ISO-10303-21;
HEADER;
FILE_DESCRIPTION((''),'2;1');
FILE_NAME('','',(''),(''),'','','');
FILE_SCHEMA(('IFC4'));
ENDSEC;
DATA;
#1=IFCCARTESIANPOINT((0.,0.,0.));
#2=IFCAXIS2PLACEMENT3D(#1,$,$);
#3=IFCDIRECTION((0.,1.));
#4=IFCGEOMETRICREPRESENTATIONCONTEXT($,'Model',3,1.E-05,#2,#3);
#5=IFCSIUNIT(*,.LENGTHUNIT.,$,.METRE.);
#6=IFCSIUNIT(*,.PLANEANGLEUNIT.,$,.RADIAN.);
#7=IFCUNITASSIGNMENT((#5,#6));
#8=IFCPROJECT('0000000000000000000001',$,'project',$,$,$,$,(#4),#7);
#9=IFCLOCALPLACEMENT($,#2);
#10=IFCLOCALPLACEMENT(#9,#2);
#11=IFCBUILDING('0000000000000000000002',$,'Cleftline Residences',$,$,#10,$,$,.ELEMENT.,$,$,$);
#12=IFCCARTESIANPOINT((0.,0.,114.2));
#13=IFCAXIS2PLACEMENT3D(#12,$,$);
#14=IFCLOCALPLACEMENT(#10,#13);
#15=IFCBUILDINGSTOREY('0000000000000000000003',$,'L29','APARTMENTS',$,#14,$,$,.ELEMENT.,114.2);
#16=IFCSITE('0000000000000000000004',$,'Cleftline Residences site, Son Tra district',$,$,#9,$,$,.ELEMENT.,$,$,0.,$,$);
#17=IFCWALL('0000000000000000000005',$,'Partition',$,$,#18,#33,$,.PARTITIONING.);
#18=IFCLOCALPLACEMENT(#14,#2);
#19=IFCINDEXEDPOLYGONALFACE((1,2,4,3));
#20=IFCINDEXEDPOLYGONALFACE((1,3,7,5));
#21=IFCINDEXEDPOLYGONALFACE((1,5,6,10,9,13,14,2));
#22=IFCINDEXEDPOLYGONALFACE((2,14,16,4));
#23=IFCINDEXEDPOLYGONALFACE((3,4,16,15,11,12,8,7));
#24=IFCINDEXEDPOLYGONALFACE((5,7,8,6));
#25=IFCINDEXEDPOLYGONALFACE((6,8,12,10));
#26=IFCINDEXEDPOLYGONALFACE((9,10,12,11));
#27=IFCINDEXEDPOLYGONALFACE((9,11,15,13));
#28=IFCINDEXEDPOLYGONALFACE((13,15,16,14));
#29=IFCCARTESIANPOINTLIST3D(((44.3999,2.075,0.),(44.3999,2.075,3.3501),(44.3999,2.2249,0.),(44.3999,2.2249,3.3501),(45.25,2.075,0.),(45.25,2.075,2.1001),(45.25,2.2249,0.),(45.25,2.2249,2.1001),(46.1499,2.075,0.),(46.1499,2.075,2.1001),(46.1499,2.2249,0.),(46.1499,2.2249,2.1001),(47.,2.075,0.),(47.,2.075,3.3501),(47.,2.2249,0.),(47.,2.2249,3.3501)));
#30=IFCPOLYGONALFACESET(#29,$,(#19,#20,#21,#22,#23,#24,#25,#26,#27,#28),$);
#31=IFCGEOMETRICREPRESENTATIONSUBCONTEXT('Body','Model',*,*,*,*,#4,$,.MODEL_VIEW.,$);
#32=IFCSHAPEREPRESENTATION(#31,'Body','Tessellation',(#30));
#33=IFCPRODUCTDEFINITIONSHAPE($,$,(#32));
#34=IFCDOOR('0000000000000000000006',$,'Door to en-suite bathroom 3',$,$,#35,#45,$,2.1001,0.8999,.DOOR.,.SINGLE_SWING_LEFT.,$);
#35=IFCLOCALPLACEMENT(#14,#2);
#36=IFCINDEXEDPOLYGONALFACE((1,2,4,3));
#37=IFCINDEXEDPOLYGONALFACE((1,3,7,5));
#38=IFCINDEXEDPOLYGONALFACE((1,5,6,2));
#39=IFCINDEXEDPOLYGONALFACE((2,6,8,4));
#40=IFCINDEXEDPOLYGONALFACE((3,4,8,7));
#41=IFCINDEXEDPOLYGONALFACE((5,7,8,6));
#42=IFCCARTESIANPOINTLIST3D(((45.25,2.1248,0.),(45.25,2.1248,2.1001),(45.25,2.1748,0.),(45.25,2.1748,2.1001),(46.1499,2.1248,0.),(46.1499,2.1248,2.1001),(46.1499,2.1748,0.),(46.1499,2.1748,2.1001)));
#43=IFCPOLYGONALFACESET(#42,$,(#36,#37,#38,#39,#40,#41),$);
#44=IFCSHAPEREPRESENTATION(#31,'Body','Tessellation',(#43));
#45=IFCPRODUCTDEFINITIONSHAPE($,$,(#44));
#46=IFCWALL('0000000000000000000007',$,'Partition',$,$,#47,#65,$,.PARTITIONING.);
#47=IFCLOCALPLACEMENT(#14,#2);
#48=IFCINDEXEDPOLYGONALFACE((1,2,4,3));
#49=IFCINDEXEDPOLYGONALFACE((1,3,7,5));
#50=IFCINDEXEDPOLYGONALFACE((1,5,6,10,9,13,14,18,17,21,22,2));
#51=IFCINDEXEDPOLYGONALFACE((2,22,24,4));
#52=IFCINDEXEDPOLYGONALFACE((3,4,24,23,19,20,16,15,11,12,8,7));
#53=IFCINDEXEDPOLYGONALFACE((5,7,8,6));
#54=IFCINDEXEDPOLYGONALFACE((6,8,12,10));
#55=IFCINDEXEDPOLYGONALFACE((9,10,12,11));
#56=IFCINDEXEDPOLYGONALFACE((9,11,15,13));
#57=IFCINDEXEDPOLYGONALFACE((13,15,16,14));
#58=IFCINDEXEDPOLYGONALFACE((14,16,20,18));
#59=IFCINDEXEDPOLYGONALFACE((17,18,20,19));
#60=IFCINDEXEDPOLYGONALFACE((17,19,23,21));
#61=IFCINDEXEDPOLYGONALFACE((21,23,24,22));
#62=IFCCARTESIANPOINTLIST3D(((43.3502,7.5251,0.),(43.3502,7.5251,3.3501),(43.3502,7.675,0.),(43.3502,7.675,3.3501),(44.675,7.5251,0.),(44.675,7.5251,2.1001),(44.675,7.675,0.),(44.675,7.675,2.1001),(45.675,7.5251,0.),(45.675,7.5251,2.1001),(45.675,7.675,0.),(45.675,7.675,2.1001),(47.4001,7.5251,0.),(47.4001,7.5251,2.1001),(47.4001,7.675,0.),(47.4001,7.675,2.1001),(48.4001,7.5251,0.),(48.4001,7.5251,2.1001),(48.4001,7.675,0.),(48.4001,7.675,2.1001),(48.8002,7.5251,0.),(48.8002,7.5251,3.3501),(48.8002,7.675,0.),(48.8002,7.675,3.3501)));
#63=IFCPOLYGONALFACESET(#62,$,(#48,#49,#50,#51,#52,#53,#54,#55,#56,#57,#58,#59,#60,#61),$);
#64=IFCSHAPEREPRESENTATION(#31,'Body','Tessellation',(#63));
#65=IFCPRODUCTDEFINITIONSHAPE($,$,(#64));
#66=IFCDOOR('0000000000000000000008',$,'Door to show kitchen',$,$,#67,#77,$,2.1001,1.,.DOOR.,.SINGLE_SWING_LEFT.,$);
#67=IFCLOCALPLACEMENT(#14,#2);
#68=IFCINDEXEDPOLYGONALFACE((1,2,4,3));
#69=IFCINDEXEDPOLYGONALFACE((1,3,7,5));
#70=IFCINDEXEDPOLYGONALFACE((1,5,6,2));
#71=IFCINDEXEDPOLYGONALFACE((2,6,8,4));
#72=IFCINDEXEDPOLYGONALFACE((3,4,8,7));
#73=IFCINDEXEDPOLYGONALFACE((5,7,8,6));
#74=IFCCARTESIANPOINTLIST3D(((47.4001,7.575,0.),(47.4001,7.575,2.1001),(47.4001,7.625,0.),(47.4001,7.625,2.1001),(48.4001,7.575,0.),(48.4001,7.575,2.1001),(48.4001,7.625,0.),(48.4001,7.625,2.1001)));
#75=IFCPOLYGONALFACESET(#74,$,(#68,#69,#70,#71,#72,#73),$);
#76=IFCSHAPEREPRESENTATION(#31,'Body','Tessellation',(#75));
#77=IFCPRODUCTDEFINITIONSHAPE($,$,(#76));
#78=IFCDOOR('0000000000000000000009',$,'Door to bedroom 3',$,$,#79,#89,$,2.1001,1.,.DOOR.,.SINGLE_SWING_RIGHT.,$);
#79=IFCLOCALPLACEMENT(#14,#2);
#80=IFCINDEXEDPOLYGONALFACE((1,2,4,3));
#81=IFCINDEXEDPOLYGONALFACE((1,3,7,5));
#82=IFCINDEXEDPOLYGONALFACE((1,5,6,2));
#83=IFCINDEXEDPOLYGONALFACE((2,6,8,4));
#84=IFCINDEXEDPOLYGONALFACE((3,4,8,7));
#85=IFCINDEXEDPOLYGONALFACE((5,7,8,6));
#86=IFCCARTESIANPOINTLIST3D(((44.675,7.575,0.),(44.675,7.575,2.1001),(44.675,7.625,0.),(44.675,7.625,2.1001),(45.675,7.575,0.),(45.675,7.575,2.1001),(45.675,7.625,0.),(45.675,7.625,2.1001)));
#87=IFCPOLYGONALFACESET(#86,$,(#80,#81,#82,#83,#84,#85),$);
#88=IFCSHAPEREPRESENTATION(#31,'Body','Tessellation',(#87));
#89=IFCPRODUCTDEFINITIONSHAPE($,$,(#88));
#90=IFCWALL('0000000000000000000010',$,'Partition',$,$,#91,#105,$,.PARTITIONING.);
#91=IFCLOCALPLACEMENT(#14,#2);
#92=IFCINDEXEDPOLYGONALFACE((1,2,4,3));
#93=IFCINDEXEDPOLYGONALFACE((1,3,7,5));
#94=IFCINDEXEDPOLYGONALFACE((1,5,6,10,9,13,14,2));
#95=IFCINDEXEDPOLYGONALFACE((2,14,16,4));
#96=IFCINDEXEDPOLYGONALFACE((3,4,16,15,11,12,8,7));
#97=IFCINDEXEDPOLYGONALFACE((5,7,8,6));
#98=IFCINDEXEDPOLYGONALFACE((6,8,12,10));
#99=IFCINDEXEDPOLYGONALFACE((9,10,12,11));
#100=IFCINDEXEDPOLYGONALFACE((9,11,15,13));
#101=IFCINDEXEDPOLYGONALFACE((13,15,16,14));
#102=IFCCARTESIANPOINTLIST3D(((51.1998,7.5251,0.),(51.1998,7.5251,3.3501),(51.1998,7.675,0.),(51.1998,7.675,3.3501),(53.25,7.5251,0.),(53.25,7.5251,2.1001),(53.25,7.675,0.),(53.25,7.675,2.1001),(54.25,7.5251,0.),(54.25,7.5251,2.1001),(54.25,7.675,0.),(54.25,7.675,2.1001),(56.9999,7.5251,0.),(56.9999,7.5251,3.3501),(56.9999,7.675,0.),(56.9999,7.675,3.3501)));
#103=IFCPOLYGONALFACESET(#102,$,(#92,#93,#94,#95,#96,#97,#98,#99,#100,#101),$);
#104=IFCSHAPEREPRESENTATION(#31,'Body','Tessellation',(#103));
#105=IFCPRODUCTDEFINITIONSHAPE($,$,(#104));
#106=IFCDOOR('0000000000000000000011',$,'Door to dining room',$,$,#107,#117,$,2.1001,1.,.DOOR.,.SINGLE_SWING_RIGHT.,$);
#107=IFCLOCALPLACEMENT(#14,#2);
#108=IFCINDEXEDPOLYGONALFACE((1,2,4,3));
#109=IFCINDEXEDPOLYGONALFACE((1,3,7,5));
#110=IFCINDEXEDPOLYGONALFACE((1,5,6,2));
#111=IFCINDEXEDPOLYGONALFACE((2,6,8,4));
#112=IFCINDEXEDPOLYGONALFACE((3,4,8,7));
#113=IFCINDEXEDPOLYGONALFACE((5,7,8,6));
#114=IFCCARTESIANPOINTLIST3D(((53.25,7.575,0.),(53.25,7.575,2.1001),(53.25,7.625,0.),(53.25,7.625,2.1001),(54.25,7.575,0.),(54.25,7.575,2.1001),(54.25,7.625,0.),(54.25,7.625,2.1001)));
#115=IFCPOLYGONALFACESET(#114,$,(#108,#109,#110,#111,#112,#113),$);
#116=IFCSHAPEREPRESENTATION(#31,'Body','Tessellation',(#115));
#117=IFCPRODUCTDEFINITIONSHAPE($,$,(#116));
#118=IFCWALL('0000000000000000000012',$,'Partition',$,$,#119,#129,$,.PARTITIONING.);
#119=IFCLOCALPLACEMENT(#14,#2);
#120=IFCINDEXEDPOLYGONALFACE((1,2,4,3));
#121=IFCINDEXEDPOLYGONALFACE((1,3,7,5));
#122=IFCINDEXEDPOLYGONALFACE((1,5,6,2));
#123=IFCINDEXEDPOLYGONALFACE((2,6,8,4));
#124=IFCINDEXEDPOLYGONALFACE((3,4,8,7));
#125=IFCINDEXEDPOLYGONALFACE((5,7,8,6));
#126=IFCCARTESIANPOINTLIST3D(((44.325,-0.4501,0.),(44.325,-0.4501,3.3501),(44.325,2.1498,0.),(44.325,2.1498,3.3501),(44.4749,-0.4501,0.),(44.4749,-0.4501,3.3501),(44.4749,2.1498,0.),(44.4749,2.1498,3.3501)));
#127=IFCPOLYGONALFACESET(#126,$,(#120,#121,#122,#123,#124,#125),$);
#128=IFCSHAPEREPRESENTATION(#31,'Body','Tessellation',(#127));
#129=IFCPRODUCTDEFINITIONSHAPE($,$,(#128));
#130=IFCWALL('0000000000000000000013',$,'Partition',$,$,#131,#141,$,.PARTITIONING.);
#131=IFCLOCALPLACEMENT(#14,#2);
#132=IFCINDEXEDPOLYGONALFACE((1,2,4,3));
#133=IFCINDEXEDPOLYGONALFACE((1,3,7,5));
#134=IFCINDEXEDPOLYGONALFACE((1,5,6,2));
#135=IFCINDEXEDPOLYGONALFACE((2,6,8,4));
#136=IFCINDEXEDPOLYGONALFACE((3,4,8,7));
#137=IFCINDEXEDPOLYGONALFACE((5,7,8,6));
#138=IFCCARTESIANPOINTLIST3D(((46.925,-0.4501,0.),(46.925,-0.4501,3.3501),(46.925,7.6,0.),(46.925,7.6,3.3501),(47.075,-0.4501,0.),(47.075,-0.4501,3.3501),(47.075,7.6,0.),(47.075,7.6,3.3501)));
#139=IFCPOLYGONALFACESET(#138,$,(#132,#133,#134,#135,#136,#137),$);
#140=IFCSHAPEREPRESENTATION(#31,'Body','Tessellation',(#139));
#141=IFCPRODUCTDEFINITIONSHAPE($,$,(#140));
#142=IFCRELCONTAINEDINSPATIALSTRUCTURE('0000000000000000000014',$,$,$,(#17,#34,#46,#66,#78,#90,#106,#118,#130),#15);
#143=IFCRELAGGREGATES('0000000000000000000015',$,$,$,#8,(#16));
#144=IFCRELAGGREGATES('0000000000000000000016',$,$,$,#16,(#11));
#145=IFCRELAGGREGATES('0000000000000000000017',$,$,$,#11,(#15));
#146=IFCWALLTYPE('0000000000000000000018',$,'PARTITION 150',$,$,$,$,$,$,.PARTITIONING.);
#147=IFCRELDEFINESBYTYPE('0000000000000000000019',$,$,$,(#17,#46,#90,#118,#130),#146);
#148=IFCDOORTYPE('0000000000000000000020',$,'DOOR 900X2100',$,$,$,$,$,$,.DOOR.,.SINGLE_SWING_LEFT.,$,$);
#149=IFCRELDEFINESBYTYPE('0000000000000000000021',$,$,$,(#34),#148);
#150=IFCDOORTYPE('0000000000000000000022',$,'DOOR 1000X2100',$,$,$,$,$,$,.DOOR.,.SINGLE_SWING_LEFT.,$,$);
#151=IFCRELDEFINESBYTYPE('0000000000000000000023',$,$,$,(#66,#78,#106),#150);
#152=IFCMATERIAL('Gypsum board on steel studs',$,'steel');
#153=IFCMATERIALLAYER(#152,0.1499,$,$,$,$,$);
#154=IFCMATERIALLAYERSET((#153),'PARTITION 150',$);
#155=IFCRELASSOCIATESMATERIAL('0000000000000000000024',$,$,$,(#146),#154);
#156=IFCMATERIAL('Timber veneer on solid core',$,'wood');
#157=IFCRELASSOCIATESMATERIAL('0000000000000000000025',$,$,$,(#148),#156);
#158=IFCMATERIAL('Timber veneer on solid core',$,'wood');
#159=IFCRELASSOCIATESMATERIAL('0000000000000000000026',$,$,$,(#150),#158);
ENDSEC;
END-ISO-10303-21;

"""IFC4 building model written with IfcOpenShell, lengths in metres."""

from ifc_helpers import new_model, si_unit, direction, frame, frame_2d, origin, place, context, subcontext, project, spatial, rectangle, extrude, material, layer, layer_set, type_object, element, fill, save


model = new_model("IFC4")

# Units and contexts
model_context = context("Model", 3, precision=1e-05, world=origin(), true_north=direction((0.0, 1.0)))
body_context = subcontext(model_context, "Body", "Model", "MODEL_VIEW")
ifc_project = project(units=[si_unit("LENGTHUNIT", "METRE"), si_unit("PLANEANGLEUNIT", "RADIAN")], contexts=[model_context])

# Site, building, storey
site_placement = place(None, origin())
site = spatial("IfcSite", under=ifc_project, at=site_placement, Name="Cleftline Residences site, Son Tra district", CompositionType="ELEMENT", RefElevation=0.0)
building_placement = place(site_placement, origin())
building = spatial("IfcBuilding", under=site, at=building_placement, Name="Cleftline Residences", CompositionType="ELEMENT")
storey_placement = place(building_placement, frame((0.0, 0.0, 114.2)))
storey = spatial("IfcBuildingStorey", under=building, at=storey_placement, Name="L29", Description="APARTMENTS", CompositionType="ELEMENT", Elevation=114.2)

# Wall, opening, door
ifc_material_1 = material(Name="Gypsum board on steel studs", Category="steel")
ifc_layer_1 = layer(ifc_material_1, 0.1499)
ifc_layer_set_1 = layer_set([ifc_layer_1], Name="PARTITION 150")
wall_type = type_object("IfcWallType", Name="PARTITION 150", PredefinedType="PARTITIONING", material=ifc_layer_set_1)
wall_1_placement = place(storey_placement, frame((44.3999, 2.1499, 0.0), z_axis=(0.0, 0.0, 1.0), x_axis=(1.0, 0.0, 0.0)))
wall_1 = element("IfcWall", 1, at=wall_1_placement, inside=storey, type_object=wall_type, Name="Partition", PredefinedType="PARTITIONING", context=body_context, shape_type="SweptSolid", body=[
    extrude(rectangle(XDim=2.6001, YDim=0.1499, at=frame_2d((1.3, 0.0))), origin(), (0.0, 0.0, 1.0), 3.3501),
])
opening_1_placement = place(wall_1_placement, frame((0.8501, 0.0, 0.0)))
opening_1 = element("IfcOpeningElement", 2, at=opening_1_placement, cuts=wall_1, PredefinedType="OPENING", context=body_context, shape_type="SweptSolid", body=[
    extrude(rectangle(XDim=0.8999, YDim=2.1001, at=frame_2d((0.45, 1.05))), frame((0.0, 0.085, 0.0), z_axis=(0.0, -1.0, 0.0), x_axis=(1.0, 0.0, 0.0)), (0.0, 0.0, 1.0), 0.1699),
])
ifc_material_2 = material(Name="Timber veneer on solid core", Category="wood")
door_type_1 = type_object("IfcDoorType", Name="DOOR 900X2100", OperationType="SINGLE_SWING_LEFT", PredefinedType="DOOR", material=ifc_material_2)
door_1_placement = place(opening_1_placement, origin())
door_1 = element("IfcDoor", 3, at=door_1_placement, inside=storey, type_object=door_type_1, Name="Door to en-suite bathroom 3", OperationType="SINGLE_SWING_LEFT", OverallHeight=2.1001, OverallWidth=0.8999, PredefinedType="DOOR", context=body_context, shape_type="SweptSolid", body=[
    extrude(rectangle(XDim=0.8999, YDim=2.1001, at=frame_2d((0.45, 1.05))), frame((0.0, 0.0249, 0.0), z_axis=(0.0, -1.0, 0.0), x_axis=(1.0, 0.0, 0.0)), (0.0, 0.0, 1.0), 0.05),
])
fill(opening_1, door_1)

# Wall, openings, doors
wall_2_placement = place(storey_placement, frame((43.3501, 7.6001, 0.0), z_axis=(0.0, 0.0, 1.0), x_axis=(1.0, 0.0, 0.0)))
wall_2 = element("IfcWall", 4, at=wall_2_placement, inside=storey, type_object=wall_type, Name="Partition", PredefinedType="PARTITIONING", context=body_context, shape_type="SweptSolid", body=[
    extrude(rectangle(XDim=5.45, YDim=0.1499, at=frame_2d((2.7251, 0.0))), origin(), (0.0, 0.0, 1.0), 3.3501),
])
opening_2_placement = place(wall_2_placement, frame((4.05, 0.0, 0.0)))
opening_2 = element("IfcOpeningElement", 5, at=opening_2_placement, cuts=wall_2, PredefinedType="OPENING", context=body_context, shape_type="SweptSolid", body=[
    extrude(rectangle(XDim=1.0, YDim=2.1001, at=frame_2d((0.5, 1.05))), frame((0.0, 0.085, 0.0), z_axis=(0.0, -1.0, 0.0), x_axis=(1.0, 0.0, 0.0)), (0.0, 0.0, 1.0), 0.1699),
])
opening_3_placement = place(wall_2_placement, frame((1.325, 0.0, 0.0)))
opening_3 = element("IfcOpeningElement", 6, at=opening_3_placement, cuts=wall_2, PredefinedType="OPENING", context=body_context, shape_type="SweptSolid", body=[
    extrude(rectangle(XDim=1.0, YDim=2.1001, at=frame_2d((0.5, 1.05))), frame((0.0, 0.085, 0.0), z_axis=(0.0, -1.0, 0.0), x_axis=(1.0, 0.0, 0.0)), (0.0, 0.0, 1.0), 0.1699),
])
ifc_material_3 = material(Name="Timber veneer on solid core", Category="wood")
door_type_2 = type_object("IfcDoorType", Name="DOOR 1000X2100", OperationType="SINGLE_SWING_LEFT", PredefinedType="DOOR", material=ifc_material_3)
door_2_placement = place(opening_2_placement, origin())
door_2 = element("IfcDoor", 7, at=door_2_placement, inside=storey, type_object=door_type_2, Name="Door to show kitchen", OperationType="SINGLE_SWING_LEFT", OverallHeight=2.1001, OverallWidth=1.0, PredefinedType="DOOR", context=body_context, shape_type="SweptSolid", body=[
    extrude(rectangle(XDim=1.0, YDim=2.1001, at=frame_2d((0.5, 1.05))), frame((0.0, 0.0249, 0.0), z_axis=(0.0, -1.0, 0.0), x_axis=(1.0, 0.0, 0.0)), (0.0, 0.0, 1.0), 0.05),
])
fill(opening_2, door_2)
door_3_placement = place(opening_3_placement, origin())
door_3 = element("IfcDoor", 8, at=door_3_placement, inside=storey, type_object=door_type_2, Name="Door to bedroom 3", OperationType="SINGLE_SWING_RIGHT", OverallHeight=2.1001, OverallWidth=1.0, PredefinedType="DOOR", context=body_context, shape_type="SweptSolid", body=[
    extrude(rectangle(XDim=1.0, YDim=2.1001, at=frame_2d((0.5, 1.05))), frame((0.0, 0.0249, 0.0), z_axis=(0.0, -1.0, 0.0), x_axis=(1.0, 0.0, 0.0)), (0.0, 0.0, 1.0), 0.05),
])
fill(opening_3, door_3)

# Wall, opening, door
wall_3_placement = place(storey_placement, frame((51.2, 7.6001, 0.0), z_axis=(0.0, 0.0, 1.0), x_axis=(1.0, 0.0, 0.0)))
wall_3 = element("IfcWall", 9, at=wall_3_placement, inside=storey, type_object=wall_type, Name="Partition", PredefinedType="PARTITIONING", context=body_context, shape_type="SweptSolid", body=[
    extrude(rectangle(XDim=5.8, YDim=0.1499, at=frame_2d((2.8999, 0.0))), origin(), (0.0, 0.0, 1.0), 3.3501),
])
opening_4_placement = place(wall_3_placement, frame((2.05, 0.0, 0.0)))
opening_4 = element("IfcOpeningElement", 10, at=opening_4_placement, cuts=wall_3, PredefinedType="OPENING", context=body_context, shape_type="SweptSolid", body=[
    extrude(rectangle(XDim=1.0, YDim=2.1001, at=frame_2d((0.5, 1.05))), frame((0.0, 0.085, 0.0), z_axis=(0.0, -1.0, 0.0), x_axis=(1.0, 0.0, 0.0)), (0.0, 0.0, 1.0), 0.1699),
])
door_4_placement = place(opening_4_placement, origin())
door_4 = element("IfcDoor", 11, at=door_4_placement, inside=storey, type_object=door_type_2, Name="Door to dining room", OperationType="SINGLE_SWING_RIGHT", OverallHeight=2.1001, OverallWidth=1.0, PredefinedType="DOOR", context=body_context, shape_type="SweptSolid", body=[
    extrude(rectangle(XDim=1.0, YDim=2.1001, at=frame_2d((0.5, 1.05))), frame((0.0, 0.0249, 0.0), z_axis=(0.0, -1.0, 0.0), x_axis=(1.0, 0.0, 0.0)), (0.0, 0.0, 1.0), 0.05),
])
fill(opening_4, door_4)

# Walls
wall_4_placement = place(storey_placement, frame((44.3999, -0.45, 0.0), z_axis=(0.0, 0.0, 1.0), x_axis=(0.0, 1.0, 0.0)))
element("IfcWall", 12, at=wall_4_placement, inside=storey, type_object=wall_type, Name="Partition", PredefinedType="PARTITIONING", context=body_context, shape_type="SweptSolid", body=[
    extrude(rectangle(XDim=2.5999, YDim=0.1499, at=frame_2d((1.2998, 0.0))), origin(), (0.0, 0.0, 1.0), 3.3501),
])
wall_5_placement = place(storey_placement, frame((47.0, -0.45, 0.0), z_axis=(0.0, 0.0, 1.0), x_axis=(0.0, 1.0, 0.0)))
element("IfcWall", 13, at=wall_5_placement, inside=storey, type_object=wall_type, Name="Partition", PredefinedType="PARTITIONING", context=body_context, shape_type="SweptSolid", body=[
    extrude(rectangle(XDim=8.05, YDim=0.1499, at=frame_2d((4.0249, 0.0))), origin(), (0.0, 0.0, 1.0), 3.3501),
])

save(model, "model.ifc")
